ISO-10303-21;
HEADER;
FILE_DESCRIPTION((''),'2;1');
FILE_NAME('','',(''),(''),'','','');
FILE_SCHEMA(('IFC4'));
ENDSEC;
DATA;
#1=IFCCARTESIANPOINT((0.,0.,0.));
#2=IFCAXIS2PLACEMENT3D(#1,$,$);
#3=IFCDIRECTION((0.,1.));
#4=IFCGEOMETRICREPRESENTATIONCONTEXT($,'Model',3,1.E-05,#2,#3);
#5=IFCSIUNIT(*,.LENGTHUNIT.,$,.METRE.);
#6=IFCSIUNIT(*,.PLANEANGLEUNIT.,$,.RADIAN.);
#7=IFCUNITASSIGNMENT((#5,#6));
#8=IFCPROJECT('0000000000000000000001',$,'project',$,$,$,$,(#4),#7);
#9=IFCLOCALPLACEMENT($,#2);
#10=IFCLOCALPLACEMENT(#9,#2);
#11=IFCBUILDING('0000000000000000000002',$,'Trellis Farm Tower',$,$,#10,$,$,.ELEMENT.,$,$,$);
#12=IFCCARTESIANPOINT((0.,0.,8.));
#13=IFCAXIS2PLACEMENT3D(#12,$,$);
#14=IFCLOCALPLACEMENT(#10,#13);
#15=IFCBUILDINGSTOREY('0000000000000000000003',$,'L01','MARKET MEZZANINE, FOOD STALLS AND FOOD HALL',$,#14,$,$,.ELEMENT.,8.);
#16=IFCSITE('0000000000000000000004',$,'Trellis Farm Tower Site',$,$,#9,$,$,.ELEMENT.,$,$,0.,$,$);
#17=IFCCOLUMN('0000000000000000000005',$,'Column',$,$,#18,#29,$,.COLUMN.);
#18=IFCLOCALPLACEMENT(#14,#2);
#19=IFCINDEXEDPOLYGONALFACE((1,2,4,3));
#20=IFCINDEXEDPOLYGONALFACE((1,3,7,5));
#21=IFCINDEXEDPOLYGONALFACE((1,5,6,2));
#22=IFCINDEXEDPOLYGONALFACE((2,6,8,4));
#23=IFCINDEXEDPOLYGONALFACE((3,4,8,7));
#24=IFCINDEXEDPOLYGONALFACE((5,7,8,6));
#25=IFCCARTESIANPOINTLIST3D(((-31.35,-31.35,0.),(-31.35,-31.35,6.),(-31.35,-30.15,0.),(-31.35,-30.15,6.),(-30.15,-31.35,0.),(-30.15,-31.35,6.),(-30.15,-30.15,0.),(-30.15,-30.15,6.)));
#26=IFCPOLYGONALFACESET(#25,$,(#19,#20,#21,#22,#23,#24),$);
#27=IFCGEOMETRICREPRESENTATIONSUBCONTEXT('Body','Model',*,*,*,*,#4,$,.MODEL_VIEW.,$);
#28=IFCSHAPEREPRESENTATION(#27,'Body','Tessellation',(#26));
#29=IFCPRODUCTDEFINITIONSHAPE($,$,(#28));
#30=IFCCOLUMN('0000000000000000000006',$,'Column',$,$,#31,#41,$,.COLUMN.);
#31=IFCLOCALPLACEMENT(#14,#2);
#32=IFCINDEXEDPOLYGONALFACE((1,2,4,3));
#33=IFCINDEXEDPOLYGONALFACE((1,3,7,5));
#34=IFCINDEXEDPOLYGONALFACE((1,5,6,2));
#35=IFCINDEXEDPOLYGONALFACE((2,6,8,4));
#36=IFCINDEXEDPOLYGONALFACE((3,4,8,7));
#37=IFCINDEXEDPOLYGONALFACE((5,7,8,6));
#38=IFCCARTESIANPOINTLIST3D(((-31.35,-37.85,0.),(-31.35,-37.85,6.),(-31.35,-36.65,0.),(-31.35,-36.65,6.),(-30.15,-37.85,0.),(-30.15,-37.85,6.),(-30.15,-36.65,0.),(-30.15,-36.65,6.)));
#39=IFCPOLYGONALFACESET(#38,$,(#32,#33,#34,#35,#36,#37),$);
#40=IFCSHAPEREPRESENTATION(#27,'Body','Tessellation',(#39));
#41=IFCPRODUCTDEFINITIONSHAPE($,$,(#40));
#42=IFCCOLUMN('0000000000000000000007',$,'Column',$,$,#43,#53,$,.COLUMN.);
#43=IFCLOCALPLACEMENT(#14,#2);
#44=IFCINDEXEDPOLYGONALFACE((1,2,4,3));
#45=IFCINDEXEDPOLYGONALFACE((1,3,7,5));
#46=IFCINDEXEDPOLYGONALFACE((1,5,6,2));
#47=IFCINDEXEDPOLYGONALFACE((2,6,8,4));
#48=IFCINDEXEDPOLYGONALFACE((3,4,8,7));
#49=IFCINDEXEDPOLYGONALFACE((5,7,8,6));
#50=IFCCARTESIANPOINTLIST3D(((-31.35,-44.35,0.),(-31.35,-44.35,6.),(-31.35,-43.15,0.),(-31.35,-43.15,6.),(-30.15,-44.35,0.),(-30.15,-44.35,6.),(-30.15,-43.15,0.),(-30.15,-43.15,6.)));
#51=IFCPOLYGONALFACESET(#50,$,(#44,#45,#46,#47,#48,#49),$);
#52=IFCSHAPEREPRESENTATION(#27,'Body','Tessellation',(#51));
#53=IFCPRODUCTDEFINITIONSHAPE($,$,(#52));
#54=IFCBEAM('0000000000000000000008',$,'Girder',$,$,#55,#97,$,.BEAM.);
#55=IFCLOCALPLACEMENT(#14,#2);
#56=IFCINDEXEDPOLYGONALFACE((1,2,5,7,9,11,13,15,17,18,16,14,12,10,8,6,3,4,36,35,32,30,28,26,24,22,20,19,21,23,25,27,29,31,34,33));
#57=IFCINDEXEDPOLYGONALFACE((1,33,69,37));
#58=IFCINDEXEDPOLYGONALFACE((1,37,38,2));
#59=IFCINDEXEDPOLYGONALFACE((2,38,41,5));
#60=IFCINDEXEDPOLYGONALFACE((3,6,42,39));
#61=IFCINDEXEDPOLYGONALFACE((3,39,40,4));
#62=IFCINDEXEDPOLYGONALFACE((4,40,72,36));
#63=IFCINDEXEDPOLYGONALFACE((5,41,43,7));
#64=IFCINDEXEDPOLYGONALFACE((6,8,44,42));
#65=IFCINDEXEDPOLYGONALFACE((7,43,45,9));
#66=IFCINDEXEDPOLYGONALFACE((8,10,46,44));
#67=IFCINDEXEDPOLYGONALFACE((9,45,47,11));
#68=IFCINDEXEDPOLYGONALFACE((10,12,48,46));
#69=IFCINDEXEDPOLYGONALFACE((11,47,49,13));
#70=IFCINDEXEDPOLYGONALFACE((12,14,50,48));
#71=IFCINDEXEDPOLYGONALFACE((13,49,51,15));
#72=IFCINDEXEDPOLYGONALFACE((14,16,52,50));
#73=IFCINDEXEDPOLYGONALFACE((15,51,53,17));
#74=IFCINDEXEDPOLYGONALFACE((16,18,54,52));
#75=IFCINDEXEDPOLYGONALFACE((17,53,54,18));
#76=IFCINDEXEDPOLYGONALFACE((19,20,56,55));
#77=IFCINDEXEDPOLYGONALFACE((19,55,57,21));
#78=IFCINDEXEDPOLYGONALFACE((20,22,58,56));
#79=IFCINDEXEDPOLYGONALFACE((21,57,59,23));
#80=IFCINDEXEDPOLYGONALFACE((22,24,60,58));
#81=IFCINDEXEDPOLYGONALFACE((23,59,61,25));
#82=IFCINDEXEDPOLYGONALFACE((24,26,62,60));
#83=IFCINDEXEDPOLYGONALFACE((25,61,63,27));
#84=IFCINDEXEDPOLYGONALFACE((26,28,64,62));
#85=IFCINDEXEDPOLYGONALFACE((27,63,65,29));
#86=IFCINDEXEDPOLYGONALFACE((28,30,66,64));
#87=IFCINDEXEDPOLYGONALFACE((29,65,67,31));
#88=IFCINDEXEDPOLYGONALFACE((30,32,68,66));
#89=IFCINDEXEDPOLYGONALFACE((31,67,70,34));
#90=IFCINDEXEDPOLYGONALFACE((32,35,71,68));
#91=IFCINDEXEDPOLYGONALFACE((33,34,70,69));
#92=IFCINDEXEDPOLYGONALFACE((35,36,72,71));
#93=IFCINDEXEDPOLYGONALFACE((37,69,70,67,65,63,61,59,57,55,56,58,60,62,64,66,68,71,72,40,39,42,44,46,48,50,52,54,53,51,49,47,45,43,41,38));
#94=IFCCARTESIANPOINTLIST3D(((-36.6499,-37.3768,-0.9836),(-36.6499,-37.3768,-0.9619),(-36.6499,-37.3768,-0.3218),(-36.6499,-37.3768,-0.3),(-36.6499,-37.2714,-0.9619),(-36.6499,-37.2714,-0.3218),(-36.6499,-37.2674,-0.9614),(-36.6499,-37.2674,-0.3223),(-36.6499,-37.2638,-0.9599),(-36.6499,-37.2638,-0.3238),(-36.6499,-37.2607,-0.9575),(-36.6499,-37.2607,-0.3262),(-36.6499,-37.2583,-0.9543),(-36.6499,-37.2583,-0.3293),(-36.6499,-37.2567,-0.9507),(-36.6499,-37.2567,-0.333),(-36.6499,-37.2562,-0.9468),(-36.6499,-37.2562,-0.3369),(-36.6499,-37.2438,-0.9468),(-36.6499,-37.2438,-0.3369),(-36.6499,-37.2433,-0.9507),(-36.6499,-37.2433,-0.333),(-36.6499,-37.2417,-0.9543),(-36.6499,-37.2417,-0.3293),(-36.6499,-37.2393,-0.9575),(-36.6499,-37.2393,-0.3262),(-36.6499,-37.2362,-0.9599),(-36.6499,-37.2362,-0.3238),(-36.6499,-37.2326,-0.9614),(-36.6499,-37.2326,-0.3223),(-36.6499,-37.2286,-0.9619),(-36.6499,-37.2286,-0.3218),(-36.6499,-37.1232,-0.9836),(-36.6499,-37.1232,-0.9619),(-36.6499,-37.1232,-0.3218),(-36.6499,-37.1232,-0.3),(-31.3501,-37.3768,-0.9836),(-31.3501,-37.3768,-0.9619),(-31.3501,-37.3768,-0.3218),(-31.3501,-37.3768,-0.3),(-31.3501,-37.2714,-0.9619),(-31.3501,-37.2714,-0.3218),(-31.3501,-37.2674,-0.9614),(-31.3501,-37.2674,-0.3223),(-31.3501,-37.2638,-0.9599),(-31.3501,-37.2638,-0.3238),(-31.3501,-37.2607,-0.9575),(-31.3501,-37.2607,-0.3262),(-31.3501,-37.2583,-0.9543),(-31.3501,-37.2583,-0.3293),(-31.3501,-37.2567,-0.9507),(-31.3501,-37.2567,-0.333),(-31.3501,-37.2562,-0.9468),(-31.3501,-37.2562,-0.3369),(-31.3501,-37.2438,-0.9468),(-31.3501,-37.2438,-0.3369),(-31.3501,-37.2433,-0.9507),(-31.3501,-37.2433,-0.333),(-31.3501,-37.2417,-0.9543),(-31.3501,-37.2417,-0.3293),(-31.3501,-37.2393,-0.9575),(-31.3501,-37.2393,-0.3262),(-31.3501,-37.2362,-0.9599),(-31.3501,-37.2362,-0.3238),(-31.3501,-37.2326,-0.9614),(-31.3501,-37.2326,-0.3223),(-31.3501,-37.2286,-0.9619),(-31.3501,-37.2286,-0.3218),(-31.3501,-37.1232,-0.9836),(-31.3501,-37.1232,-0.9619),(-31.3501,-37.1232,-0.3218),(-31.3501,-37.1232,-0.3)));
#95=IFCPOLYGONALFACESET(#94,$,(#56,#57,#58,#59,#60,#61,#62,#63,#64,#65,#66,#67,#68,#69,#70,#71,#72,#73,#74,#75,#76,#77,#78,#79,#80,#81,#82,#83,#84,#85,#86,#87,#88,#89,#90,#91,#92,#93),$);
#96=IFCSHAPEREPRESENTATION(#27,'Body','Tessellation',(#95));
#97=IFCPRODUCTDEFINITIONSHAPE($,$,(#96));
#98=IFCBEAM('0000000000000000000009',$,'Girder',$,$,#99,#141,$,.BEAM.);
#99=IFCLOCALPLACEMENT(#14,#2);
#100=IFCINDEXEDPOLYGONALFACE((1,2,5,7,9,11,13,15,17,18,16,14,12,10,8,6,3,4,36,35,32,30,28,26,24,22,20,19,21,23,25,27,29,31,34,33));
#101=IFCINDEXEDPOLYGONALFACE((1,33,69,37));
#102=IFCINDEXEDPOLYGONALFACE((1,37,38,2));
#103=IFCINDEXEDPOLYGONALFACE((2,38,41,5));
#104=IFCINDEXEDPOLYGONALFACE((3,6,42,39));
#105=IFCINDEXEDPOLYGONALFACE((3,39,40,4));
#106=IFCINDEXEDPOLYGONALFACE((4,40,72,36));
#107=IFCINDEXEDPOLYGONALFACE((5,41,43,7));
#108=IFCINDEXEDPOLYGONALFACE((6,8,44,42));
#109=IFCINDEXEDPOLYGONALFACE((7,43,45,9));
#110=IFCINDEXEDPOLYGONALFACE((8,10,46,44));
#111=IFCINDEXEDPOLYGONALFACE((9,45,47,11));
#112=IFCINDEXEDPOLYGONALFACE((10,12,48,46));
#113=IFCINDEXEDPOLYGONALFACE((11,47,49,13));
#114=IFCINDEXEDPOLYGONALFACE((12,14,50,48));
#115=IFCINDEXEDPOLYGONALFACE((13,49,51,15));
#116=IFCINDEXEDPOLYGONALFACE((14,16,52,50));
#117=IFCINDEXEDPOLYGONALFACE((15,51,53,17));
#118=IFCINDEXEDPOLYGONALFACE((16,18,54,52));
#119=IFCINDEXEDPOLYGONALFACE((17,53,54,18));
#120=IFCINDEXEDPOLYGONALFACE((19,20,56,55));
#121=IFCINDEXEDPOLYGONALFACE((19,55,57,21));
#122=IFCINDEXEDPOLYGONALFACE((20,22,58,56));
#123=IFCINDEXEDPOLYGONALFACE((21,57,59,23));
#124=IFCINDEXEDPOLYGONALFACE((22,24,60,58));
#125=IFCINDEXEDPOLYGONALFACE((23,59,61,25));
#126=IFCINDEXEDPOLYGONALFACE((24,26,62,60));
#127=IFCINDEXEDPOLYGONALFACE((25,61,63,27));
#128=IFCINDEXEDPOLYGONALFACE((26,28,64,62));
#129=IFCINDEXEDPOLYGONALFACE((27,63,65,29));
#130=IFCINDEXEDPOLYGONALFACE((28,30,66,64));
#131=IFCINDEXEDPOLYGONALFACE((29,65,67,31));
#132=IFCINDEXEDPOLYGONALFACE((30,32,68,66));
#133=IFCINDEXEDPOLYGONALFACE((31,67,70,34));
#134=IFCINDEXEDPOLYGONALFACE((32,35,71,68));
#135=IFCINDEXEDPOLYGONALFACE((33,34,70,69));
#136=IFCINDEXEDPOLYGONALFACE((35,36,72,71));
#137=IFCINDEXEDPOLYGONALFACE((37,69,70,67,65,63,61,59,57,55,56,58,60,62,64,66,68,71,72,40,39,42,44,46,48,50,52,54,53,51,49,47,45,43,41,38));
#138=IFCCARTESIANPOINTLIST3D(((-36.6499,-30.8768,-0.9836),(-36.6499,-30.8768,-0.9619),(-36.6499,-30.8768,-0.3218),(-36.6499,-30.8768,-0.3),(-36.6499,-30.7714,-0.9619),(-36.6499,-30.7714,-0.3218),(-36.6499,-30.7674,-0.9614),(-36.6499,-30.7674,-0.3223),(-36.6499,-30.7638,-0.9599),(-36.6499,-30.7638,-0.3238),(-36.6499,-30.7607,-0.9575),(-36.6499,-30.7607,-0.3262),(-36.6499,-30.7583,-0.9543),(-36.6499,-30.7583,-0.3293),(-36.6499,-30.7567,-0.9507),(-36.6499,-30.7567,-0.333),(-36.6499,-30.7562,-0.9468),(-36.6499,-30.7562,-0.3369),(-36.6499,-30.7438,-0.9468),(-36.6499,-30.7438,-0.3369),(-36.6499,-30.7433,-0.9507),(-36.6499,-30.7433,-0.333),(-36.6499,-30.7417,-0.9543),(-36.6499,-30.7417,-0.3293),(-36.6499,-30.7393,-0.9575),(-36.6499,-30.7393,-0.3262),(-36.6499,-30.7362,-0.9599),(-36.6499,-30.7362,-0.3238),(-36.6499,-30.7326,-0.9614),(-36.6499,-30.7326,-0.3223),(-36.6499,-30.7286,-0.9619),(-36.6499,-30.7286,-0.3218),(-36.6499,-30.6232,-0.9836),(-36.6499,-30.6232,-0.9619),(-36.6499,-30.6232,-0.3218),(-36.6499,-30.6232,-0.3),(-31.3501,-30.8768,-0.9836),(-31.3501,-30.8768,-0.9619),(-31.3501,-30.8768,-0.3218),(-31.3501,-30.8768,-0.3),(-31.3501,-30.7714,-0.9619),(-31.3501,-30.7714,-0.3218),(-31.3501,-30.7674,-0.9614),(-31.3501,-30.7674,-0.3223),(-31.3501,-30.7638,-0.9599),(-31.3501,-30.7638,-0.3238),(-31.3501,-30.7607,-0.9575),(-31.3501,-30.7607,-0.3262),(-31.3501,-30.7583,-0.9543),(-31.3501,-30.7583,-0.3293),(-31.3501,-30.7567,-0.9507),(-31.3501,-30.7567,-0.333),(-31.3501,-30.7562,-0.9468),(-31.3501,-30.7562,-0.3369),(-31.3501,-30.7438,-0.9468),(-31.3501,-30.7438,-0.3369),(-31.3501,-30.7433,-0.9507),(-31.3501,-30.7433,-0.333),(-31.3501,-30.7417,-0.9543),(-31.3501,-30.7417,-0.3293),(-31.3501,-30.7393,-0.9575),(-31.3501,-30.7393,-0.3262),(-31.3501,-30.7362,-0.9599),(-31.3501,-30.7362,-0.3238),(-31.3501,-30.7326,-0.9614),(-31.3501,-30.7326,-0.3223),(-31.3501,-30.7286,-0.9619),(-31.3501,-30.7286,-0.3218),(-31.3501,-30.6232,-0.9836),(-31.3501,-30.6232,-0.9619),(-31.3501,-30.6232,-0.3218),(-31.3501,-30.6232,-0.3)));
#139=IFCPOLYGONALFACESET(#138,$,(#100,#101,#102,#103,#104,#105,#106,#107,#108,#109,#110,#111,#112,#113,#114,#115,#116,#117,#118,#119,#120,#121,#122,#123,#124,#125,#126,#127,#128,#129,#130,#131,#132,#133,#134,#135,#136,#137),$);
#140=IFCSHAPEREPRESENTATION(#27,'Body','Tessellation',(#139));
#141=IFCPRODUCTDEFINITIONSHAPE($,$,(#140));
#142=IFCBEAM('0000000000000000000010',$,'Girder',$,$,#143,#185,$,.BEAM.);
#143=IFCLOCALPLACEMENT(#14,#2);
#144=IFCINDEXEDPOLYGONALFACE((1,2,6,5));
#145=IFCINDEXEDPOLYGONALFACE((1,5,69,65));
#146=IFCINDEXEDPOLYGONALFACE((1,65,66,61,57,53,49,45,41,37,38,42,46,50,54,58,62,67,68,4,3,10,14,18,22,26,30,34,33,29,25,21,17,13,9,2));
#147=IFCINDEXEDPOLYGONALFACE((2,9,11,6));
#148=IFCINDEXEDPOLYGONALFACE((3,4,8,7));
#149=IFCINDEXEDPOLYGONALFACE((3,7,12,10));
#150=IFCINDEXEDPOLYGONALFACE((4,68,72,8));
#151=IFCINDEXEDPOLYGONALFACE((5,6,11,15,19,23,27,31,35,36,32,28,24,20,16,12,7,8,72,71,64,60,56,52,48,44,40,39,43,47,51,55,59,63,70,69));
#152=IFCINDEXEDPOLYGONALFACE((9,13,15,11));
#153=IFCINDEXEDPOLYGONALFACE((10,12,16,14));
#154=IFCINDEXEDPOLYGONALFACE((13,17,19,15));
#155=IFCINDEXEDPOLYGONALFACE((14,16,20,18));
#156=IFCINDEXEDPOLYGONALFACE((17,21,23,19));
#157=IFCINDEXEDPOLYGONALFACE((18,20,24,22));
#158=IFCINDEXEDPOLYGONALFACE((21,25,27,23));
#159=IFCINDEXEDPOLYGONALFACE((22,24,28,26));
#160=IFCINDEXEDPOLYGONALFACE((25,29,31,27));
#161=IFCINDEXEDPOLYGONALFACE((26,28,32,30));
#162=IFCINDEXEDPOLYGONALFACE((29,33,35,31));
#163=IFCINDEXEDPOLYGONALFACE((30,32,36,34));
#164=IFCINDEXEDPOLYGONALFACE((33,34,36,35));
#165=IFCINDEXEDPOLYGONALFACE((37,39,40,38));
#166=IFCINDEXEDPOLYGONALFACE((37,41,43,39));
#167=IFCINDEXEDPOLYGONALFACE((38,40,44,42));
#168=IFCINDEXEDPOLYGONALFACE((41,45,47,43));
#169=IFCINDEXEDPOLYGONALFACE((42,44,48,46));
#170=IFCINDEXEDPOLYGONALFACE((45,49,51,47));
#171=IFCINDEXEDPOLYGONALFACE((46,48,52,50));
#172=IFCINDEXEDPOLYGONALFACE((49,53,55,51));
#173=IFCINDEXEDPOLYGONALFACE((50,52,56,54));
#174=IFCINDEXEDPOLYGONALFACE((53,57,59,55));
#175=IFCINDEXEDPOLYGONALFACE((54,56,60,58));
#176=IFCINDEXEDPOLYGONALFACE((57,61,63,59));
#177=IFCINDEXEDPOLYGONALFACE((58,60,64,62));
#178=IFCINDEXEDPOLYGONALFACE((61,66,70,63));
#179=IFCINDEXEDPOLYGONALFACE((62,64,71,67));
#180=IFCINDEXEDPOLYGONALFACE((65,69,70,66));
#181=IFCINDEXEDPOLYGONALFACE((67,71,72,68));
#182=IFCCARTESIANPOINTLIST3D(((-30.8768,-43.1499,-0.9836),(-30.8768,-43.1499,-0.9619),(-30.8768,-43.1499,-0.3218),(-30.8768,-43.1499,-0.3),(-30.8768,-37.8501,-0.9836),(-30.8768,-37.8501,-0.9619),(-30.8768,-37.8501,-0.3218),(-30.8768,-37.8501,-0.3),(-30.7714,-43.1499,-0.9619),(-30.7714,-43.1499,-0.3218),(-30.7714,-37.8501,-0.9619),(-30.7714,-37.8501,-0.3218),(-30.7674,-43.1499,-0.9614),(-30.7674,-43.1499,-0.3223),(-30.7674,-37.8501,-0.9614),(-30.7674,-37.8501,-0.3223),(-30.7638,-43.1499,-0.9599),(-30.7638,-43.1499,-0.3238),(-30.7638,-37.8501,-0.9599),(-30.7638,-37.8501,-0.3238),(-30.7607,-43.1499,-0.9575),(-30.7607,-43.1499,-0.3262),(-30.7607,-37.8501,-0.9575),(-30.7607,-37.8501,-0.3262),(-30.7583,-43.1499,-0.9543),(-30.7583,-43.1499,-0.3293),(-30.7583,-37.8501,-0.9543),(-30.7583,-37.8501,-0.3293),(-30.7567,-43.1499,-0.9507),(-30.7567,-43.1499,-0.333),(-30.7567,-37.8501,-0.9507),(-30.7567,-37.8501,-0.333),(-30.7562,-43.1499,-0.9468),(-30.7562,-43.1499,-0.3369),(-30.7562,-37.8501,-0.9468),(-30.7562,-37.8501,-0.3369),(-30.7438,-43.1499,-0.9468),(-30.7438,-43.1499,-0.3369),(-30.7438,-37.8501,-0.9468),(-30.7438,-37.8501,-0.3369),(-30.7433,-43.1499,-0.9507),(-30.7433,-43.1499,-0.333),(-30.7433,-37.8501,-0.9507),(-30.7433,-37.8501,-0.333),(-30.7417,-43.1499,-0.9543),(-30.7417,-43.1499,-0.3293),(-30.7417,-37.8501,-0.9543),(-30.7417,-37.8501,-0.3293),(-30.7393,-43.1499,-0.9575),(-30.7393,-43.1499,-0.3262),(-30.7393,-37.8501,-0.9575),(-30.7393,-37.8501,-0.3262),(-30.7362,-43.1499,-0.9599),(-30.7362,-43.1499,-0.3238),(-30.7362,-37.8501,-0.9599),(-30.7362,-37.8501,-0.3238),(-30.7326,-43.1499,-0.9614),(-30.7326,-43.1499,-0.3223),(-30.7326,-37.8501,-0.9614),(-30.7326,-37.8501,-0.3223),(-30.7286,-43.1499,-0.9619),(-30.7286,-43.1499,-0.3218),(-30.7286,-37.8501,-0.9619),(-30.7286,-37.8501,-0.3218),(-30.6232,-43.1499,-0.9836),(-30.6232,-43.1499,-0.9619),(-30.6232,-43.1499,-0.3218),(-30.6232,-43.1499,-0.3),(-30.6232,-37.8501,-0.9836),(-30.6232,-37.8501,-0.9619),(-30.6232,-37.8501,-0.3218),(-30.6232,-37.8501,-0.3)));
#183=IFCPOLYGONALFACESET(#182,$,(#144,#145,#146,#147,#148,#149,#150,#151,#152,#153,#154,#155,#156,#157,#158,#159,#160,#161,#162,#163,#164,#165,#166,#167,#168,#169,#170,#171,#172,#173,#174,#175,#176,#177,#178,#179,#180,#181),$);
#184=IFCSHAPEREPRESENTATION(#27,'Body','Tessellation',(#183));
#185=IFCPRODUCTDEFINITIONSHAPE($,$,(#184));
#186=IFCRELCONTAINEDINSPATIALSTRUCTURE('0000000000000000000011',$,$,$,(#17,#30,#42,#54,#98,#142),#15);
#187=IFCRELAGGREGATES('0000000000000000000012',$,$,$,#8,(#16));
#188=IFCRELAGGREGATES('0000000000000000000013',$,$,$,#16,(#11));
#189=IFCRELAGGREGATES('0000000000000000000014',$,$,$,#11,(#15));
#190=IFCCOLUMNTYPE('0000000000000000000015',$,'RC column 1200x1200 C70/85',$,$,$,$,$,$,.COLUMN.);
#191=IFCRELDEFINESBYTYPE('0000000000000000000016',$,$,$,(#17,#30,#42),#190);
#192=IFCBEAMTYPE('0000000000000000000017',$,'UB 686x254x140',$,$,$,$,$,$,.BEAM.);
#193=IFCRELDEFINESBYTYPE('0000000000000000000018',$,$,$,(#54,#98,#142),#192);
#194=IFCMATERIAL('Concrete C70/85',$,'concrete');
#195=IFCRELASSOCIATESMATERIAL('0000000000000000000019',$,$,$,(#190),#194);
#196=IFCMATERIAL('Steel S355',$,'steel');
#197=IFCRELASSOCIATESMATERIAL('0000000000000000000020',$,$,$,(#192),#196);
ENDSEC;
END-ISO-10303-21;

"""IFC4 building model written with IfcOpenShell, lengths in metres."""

from ifc_helpers import new_model, si_unit, direction, frame, origin, origin_2d, place, context, subcontext, project, spatial, rectangle, i_section, extrude, source, transform, mapped, material, material_profile, profile_set, type_object, element, save


model = new_model("IFC4")

# Units and contexts
model_context = context("Model", 3, precision=1e-05, world=origin(), true_north=direction((0.0, 1.0)))
body_context = subcontext(model_context, "Body", "Model", "MODEL_VIEW")
ifc_project = project(units=[si_unit("LENGTHUNIT", "METRE"), si_unit("PLANEANGLEUNIT", "RADIAN")], contexts=[model_context])

# Site, building, storey
site_placement = place(None, origin())
site = spatial("IfcSite", under=ifc_project, at=site_placement, Name="Trellis Farm Tower Site", CompositionType="ELEMENT", RefElevation=0.0)
building_placement = place(site_placement, origin())
building = spatial("IfcBuilding", under=site, at=building_placement, Name="Trellis Farm Tower", CompositionType="ELEMENT")
storey_placement = place(building_placement, frame((0.0, 0.0, 8.0)))
storey = spatial("IfcBuildingStorey", under=building, at=storey_placement, Name="L01", Description="MARKET MEZZANINE, FOOD STALLS AND FOOD HALL", CompositionType="ELEMENT", Elevation=8.0)

# Columns
ifc_material_1 = material(Name="Concrete C70/85", Category="concrete")
ifc_material_profile_1 = material_profile(ifc_material_1, rectangle(XDim=1.2, YDim=1.2, at=origin_2d()), Name="RC column 1200x1200 C70/85")
ifc_profile_set_1 = profile_set([ifc_material_profile_1], Name="Concrete C70/85")
column_type = type_object("IfcColumnType", Name="RC column 1200x1200 C70/85", PredefinedType="COLUMN", material=ifc_profile_set_1)
shared_shape_1 = source(origin(), body_context, "Body", "SweptSolid", [
    extrude(rectangle(XDim=1.2, YDim=1.2, at=origin_2d()), origin(), (0.0, 0.0, 1.0), 6.0),
])
for number, where, z_axis, x_axis, name in (
    (1, (-30.75, -30.75, 0.0), (0.0, 0.0, 1.0), (1.0, 0.0, 0.0), "Column"),
    (2, (-30.75, -37.25, 0.0), (0.0, 0.0, 1.0), (1.0, 0.0, 0.0), "Column"),
    (3, (-30.75, -43.75, 0.0), (0.0, 0.0, 1.0), (1.0, 0.0, 0.0), "Column"),
):
    element("IfcColumn", number, at=place(storey_placement, frame(where, z_axis=z_axis, x_axis=x_axis)), inside=storey, type_object=column_type, Name=name, PredefinedType="COLUMN", context=body_context, shape_type="MappedRepresentation", body=[
        mapped(shared_shape_1, transform((0.0, 0.0, 0.0))),
    ])

# Beams
ifc_material_2 = material(Name="Steel S355", Category="steel")
ifc_material_profile_2 = material_profile(ifc_material_2, i_section(OverallWidth=0.2537, OverallDepth=0.6836, WebThickness=0.0125, FlangeThickness=0.0217, FilletRadius=0.0151, at=origin_2d()), Name="UB 686x254x140")
ifc_profile_set_2 = profile_set([ifc_material_profile_2], Name="Steel S355")
beam_type_1 = type_object("IfcBeamType", Name="UB 686x254x140", PredefinedType="BEAM", material=ifc_profile_set_2)
shared_shape_2 = source(origin(), body_context, "Body", "SweptSolid", [
    extrude(i_section(OverallWidth=0.2537, OverallDepth=0.6836, WebThickness=0.0125, FlangeThickness=0.0217, FilletRadius=0.0151, at=origin_2d()), origin(), (0.0, 0.0, 1.0), 5.2998),
])
for number, where, z_axis, x_axis, name in (
    (4, (-36.6499, -37.25, -0.6418), (1.0, 0.0, 0.0), (0.0, 1.0, 0.0), "Girder"),
    (5, (-36.6499, -30.75, -0.6418), (1.0, 0.0, 0.0), (0.0, 1.0, 0.0), "Girder"),
    (6, (-30.75, -43.1499, -0.6418), (0.0, 1.0, 0.0), (-1.0, 0.0, 0.0), "Girder"),
):
    element("IfcBeam", number, at=place(storey_placement, frame(where, z_axis=z_axis, x_axis=x_axis)), inside=storey, type_object=beam_type_1, Name=name, PredefinedType="BEAM", context=body_context, shape_type="MappedRepresentation", body=[
        mapped(shared_shape_2, transform((0.0, 0.0, 0.0))),
    ])

save(model, "model.ifc")
